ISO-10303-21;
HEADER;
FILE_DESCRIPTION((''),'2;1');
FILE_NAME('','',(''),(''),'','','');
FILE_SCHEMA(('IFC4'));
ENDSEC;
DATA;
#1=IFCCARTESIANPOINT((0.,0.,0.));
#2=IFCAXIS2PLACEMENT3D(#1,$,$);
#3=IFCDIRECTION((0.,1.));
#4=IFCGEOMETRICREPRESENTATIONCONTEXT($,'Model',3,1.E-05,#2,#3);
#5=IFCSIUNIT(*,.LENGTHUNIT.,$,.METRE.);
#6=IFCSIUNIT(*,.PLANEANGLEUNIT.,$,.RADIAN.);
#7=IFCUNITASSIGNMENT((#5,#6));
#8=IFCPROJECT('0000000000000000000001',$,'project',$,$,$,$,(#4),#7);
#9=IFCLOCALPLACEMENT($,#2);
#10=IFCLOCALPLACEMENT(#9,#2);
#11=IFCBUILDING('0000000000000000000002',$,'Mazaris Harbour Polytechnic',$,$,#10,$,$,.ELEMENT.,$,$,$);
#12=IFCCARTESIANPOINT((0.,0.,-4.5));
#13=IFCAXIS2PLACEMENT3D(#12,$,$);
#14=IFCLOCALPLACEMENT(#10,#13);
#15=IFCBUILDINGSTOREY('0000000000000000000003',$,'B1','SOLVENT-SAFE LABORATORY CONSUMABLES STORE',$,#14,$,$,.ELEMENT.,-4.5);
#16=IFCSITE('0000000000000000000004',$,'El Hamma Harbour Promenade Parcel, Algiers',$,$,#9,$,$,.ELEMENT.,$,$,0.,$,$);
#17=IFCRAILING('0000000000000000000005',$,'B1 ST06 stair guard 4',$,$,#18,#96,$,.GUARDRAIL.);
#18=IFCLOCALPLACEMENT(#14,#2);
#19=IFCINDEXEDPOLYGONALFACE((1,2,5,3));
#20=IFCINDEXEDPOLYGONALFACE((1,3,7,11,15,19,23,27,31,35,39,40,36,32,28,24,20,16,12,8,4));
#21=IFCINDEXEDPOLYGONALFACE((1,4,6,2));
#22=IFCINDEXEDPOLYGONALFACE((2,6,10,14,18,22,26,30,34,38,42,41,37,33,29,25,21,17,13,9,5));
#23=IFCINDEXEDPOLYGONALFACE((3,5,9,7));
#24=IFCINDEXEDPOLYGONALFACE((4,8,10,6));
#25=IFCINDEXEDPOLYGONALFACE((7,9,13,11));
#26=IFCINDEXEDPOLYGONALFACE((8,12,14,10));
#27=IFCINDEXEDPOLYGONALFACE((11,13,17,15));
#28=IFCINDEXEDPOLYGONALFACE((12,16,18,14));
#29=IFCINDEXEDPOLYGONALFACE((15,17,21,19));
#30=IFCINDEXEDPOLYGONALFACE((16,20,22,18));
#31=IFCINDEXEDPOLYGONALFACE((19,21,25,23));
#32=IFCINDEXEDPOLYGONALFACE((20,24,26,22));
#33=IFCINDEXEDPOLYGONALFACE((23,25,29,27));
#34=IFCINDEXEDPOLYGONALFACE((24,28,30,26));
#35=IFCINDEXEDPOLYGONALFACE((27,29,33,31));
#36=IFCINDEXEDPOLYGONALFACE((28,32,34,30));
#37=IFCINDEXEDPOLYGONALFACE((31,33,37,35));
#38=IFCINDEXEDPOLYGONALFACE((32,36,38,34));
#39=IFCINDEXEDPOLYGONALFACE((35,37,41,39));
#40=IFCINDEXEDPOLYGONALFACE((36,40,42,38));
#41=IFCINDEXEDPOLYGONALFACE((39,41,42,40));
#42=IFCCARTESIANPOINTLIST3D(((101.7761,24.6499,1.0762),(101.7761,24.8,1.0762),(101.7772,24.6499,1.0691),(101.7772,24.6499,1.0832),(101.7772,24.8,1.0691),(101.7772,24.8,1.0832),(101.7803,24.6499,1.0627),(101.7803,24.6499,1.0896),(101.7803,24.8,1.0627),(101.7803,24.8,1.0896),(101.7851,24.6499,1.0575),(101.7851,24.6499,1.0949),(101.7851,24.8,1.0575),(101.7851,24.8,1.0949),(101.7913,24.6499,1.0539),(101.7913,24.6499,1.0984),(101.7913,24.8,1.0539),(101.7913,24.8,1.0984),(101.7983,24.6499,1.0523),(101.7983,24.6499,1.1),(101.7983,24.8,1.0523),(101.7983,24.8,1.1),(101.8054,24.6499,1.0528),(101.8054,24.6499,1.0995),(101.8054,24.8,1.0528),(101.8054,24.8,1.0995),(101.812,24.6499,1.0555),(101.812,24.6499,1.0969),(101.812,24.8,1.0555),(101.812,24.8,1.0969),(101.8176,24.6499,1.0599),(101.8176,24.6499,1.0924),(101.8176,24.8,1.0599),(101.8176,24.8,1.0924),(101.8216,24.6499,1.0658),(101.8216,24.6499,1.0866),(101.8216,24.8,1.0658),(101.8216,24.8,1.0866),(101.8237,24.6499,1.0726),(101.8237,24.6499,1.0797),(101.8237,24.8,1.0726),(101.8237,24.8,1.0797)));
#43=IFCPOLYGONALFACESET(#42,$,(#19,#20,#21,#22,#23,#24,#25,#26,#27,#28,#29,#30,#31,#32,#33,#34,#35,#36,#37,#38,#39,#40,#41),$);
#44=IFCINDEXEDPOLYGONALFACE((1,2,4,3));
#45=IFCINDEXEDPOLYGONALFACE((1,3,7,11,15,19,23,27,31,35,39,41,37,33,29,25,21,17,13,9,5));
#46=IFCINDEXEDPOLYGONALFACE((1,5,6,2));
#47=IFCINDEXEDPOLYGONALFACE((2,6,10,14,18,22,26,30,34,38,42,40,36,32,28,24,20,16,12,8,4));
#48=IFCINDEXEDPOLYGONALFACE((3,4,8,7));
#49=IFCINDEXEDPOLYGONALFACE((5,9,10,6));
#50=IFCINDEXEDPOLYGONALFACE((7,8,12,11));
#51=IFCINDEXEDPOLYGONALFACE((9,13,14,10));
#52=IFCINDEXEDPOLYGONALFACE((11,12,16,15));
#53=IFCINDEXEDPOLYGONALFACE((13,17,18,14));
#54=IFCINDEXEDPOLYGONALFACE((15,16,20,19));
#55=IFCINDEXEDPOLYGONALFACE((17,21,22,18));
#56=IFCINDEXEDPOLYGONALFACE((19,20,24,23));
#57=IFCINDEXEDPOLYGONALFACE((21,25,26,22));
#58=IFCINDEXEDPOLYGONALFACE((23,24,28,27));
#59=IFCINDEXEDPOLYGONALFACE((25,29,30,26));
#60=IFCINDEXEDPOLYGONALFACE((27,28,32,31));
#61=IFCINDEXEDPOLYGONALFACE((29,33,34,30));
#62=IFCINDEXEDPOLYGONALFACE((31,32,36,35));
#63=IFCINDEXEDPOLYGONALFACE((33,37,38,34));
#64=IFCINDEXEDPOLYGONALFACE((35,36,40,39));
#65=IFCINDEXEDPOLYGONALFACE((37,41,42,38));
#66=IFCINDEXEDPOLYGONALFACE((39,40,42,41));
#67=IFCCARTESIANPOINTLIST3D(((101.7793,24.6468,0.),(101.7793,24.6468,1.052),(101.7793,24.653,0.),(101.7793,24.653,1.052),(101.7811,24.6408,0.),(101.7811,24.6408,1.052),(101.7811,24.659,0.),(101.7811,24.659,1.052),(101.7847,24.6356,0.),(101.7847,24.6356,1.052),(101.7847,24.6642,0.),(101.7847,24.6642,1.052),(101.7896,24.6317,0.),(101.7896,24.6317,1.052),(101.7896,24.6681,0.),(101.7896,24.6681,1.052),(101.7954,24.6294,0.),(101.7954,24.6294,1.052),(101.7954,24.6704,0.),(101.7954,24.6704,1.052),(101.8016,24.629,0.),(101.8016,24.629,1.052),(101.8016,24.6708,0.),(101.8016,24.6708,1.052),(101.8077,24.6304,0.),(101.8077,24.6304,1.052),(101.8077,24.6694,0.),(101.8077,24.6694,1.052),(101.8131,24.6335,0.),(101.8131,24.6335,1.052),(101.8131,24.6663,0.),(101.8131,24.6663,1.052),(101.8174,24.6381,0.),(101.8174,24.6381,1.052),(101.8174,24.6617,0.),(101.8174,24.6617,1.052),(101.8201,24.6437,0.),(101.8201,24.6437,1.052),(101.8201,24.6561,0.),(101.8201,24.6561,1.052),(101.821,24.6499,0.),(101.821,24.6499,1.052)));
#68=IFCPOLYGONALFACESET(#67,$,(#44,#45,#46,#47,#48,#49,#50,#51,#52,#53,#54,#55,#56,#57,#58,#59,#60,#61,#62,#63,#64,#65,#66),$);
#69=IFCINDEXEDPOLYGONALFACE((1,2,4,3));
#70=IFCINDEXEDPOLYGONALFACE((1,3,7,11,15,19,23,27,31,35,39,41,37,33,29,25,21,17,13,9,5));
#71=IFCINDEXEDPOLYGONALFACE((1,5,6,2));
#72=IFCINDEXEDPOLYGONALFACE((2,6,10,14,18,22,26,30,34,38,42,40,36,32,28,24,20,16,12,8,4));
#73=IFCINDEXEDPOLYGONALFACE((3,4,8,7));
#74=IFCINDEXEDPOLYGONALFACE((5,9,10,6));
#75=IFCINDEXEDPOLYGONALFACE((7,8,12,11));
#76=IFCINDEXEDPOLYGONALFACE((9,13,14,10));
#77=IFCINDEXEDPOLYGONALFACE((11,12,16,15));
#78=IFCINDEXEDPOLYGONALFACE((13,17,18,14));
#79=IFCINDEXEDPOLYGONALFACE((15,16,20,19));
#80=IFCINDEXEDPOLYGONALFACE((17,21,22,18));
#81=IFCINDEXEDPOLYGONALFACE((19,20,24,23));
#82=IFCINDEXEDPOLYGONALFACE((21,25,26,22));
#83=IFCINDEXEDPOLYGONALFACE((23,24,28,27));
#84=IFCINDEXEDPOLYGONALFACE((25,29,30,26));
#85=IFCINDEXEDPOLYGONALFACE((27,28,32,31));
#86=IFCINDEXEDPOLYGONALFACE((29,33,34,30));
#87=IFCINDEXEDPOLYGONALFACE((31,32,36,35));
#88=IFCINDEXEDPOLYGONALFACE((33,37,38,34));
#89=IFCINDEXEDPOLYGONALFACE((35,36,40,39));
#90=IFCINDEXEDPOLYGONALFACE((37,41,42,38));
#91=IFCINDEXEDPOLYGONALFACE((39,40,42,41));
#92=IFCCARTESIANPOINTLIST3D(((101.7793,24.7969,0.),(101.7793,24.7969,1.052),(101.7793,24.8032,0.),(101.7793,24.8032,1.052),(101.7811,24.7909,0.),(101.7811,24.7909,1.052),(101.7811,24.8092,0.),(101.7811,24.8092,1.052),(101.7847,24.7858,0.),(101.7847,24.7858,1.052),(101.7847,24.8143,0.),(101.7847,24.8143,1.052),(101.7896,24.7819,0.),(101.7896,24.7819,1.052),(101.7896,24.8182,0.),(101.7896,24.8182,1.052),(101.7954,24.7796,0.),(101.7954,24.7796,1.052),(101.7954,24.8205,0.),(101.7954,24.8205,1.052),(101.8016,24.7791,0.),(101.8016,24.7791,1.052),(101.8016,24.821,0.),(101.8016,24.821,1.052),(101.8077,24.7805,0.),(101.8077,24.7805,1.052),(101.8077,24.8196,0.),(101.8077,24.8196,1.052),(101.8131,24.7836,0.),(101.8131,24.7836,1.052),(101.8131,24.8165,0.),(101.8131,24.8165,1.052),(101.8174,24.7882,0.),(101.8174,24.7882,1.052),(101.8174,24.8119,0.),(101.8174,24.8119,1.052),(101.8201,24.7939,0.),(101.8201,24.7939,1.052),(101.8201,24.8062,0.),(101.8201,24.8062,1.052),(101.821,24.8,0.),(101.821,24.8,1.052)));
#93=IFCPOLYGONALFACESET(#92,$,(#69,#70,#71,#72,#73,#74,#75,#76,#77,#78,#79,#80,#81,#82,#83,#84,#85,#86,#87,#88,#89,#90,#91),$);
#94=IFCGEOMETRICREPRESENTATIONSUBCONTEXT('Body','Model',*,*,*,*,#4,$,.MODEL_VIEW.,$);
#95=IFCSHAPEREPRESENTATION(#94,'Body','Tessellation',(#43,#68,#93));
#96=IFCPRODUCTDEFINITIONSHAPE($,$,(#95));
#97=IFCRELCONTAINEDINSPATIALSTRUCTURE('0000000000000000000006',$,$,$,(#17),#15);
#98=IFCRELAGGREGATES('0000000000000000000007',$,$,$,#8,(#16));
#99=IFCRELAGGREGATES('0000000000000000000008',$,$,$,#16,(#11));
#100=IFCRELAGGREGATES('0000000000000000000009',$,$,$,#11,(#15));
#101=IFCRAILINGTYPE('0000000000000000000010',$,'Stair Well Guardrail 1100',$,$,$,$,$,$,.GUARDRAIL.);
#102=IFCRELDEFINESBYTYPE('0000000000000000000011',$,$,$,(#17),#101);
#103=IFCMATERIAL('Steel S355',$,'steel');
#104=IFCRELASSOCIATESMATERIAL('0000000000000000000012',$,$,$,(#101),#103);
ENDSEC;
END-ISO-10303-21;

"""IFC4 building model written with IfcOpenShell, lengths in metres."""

from ifc_helpers import new_model, si_unit, direction, frame, origin, origin_2d, place, context, subcontext, project, spatial, circle, extrude, material, type_object, element, save


model = new_model("IFC4")

# Units and contexts
model_context = context("Model", 3, precision=1e-05, world=origin(), true_north=direction((0.0, 1.0)))
body_context = subcontext(model_context, "Body", "Model", "MODEL_VIEW")
ifc_project = project(units=[si_unit("LENGTHUNIT", "METRE"), si_unit("PLANEANGLEUNIT", "RADIAN")], contexts=[model_context])

# Site, building, storey
site_placement = place(None, origin())
site = spatial("IfcSite", under=ifc_project, at=site_placement, Name="El Hamma Harbour Promenade Parcel, Algiers", CompositionType="ELEMENT", RefElevation=0.0)
building_placement = place(site_placement, origin())
building = spatial("IfcBuilding", under=site, at=building_placement, Name="Mazaris Harbour Polytechnic", CompositionType="ELEMENT")
storey_placement = place(building_placement, frame((0.0, 0.0, -4.5)))
storey = spatial("IfcBuildingStorey", under=building, at=storey_placement, Name="B1", Description="SOLVENT-SAFE LABORATORY CONSUMABLES STORE", CompositionType="ELEMENT", Elevation=-4.5)

# Railing
ifc_material_1 = material(Name="Steel S355", Category="steel")
railing_type = type_object("IfcRailingType", Name="Stair Well Guardrail 1100", PredefinedType="GUARDRAIL", material=ifc_material_1)
railing_1_placement = place(storey_placement, frame((101.8, 24.6499, 0.0)))
element("IfcRailing", 1, at=railing_1_placement, inside=storey, type_object=railing_type, Name="B1 ST06 stair guard 4", PredefinedType="GUARDRAIL", context=body_context, shape_type="SweptSolid", body=[
    extrude(circle(Radius=0.0239, at=origin_2d()), frame((0.0, 0.0, 1.0762), z_axis=(0.0, 1.0, 0.0), x_axis=(-1.0, 0.0, 0.0)), (0.0, 0.0, 1.0), 0.1501),
    extrude(circle(Radius=0.021, at=origin_2d()), origin(), (0.0, 0.0, 1.0), 1.052),
    extrude(circle(Radius=0.021, at=origin_2d()), frame((0.0, 0.1501, 0.0)), (0.0, 0.0, 1.0), 1.052),
])

save(model, "model.ifc")
